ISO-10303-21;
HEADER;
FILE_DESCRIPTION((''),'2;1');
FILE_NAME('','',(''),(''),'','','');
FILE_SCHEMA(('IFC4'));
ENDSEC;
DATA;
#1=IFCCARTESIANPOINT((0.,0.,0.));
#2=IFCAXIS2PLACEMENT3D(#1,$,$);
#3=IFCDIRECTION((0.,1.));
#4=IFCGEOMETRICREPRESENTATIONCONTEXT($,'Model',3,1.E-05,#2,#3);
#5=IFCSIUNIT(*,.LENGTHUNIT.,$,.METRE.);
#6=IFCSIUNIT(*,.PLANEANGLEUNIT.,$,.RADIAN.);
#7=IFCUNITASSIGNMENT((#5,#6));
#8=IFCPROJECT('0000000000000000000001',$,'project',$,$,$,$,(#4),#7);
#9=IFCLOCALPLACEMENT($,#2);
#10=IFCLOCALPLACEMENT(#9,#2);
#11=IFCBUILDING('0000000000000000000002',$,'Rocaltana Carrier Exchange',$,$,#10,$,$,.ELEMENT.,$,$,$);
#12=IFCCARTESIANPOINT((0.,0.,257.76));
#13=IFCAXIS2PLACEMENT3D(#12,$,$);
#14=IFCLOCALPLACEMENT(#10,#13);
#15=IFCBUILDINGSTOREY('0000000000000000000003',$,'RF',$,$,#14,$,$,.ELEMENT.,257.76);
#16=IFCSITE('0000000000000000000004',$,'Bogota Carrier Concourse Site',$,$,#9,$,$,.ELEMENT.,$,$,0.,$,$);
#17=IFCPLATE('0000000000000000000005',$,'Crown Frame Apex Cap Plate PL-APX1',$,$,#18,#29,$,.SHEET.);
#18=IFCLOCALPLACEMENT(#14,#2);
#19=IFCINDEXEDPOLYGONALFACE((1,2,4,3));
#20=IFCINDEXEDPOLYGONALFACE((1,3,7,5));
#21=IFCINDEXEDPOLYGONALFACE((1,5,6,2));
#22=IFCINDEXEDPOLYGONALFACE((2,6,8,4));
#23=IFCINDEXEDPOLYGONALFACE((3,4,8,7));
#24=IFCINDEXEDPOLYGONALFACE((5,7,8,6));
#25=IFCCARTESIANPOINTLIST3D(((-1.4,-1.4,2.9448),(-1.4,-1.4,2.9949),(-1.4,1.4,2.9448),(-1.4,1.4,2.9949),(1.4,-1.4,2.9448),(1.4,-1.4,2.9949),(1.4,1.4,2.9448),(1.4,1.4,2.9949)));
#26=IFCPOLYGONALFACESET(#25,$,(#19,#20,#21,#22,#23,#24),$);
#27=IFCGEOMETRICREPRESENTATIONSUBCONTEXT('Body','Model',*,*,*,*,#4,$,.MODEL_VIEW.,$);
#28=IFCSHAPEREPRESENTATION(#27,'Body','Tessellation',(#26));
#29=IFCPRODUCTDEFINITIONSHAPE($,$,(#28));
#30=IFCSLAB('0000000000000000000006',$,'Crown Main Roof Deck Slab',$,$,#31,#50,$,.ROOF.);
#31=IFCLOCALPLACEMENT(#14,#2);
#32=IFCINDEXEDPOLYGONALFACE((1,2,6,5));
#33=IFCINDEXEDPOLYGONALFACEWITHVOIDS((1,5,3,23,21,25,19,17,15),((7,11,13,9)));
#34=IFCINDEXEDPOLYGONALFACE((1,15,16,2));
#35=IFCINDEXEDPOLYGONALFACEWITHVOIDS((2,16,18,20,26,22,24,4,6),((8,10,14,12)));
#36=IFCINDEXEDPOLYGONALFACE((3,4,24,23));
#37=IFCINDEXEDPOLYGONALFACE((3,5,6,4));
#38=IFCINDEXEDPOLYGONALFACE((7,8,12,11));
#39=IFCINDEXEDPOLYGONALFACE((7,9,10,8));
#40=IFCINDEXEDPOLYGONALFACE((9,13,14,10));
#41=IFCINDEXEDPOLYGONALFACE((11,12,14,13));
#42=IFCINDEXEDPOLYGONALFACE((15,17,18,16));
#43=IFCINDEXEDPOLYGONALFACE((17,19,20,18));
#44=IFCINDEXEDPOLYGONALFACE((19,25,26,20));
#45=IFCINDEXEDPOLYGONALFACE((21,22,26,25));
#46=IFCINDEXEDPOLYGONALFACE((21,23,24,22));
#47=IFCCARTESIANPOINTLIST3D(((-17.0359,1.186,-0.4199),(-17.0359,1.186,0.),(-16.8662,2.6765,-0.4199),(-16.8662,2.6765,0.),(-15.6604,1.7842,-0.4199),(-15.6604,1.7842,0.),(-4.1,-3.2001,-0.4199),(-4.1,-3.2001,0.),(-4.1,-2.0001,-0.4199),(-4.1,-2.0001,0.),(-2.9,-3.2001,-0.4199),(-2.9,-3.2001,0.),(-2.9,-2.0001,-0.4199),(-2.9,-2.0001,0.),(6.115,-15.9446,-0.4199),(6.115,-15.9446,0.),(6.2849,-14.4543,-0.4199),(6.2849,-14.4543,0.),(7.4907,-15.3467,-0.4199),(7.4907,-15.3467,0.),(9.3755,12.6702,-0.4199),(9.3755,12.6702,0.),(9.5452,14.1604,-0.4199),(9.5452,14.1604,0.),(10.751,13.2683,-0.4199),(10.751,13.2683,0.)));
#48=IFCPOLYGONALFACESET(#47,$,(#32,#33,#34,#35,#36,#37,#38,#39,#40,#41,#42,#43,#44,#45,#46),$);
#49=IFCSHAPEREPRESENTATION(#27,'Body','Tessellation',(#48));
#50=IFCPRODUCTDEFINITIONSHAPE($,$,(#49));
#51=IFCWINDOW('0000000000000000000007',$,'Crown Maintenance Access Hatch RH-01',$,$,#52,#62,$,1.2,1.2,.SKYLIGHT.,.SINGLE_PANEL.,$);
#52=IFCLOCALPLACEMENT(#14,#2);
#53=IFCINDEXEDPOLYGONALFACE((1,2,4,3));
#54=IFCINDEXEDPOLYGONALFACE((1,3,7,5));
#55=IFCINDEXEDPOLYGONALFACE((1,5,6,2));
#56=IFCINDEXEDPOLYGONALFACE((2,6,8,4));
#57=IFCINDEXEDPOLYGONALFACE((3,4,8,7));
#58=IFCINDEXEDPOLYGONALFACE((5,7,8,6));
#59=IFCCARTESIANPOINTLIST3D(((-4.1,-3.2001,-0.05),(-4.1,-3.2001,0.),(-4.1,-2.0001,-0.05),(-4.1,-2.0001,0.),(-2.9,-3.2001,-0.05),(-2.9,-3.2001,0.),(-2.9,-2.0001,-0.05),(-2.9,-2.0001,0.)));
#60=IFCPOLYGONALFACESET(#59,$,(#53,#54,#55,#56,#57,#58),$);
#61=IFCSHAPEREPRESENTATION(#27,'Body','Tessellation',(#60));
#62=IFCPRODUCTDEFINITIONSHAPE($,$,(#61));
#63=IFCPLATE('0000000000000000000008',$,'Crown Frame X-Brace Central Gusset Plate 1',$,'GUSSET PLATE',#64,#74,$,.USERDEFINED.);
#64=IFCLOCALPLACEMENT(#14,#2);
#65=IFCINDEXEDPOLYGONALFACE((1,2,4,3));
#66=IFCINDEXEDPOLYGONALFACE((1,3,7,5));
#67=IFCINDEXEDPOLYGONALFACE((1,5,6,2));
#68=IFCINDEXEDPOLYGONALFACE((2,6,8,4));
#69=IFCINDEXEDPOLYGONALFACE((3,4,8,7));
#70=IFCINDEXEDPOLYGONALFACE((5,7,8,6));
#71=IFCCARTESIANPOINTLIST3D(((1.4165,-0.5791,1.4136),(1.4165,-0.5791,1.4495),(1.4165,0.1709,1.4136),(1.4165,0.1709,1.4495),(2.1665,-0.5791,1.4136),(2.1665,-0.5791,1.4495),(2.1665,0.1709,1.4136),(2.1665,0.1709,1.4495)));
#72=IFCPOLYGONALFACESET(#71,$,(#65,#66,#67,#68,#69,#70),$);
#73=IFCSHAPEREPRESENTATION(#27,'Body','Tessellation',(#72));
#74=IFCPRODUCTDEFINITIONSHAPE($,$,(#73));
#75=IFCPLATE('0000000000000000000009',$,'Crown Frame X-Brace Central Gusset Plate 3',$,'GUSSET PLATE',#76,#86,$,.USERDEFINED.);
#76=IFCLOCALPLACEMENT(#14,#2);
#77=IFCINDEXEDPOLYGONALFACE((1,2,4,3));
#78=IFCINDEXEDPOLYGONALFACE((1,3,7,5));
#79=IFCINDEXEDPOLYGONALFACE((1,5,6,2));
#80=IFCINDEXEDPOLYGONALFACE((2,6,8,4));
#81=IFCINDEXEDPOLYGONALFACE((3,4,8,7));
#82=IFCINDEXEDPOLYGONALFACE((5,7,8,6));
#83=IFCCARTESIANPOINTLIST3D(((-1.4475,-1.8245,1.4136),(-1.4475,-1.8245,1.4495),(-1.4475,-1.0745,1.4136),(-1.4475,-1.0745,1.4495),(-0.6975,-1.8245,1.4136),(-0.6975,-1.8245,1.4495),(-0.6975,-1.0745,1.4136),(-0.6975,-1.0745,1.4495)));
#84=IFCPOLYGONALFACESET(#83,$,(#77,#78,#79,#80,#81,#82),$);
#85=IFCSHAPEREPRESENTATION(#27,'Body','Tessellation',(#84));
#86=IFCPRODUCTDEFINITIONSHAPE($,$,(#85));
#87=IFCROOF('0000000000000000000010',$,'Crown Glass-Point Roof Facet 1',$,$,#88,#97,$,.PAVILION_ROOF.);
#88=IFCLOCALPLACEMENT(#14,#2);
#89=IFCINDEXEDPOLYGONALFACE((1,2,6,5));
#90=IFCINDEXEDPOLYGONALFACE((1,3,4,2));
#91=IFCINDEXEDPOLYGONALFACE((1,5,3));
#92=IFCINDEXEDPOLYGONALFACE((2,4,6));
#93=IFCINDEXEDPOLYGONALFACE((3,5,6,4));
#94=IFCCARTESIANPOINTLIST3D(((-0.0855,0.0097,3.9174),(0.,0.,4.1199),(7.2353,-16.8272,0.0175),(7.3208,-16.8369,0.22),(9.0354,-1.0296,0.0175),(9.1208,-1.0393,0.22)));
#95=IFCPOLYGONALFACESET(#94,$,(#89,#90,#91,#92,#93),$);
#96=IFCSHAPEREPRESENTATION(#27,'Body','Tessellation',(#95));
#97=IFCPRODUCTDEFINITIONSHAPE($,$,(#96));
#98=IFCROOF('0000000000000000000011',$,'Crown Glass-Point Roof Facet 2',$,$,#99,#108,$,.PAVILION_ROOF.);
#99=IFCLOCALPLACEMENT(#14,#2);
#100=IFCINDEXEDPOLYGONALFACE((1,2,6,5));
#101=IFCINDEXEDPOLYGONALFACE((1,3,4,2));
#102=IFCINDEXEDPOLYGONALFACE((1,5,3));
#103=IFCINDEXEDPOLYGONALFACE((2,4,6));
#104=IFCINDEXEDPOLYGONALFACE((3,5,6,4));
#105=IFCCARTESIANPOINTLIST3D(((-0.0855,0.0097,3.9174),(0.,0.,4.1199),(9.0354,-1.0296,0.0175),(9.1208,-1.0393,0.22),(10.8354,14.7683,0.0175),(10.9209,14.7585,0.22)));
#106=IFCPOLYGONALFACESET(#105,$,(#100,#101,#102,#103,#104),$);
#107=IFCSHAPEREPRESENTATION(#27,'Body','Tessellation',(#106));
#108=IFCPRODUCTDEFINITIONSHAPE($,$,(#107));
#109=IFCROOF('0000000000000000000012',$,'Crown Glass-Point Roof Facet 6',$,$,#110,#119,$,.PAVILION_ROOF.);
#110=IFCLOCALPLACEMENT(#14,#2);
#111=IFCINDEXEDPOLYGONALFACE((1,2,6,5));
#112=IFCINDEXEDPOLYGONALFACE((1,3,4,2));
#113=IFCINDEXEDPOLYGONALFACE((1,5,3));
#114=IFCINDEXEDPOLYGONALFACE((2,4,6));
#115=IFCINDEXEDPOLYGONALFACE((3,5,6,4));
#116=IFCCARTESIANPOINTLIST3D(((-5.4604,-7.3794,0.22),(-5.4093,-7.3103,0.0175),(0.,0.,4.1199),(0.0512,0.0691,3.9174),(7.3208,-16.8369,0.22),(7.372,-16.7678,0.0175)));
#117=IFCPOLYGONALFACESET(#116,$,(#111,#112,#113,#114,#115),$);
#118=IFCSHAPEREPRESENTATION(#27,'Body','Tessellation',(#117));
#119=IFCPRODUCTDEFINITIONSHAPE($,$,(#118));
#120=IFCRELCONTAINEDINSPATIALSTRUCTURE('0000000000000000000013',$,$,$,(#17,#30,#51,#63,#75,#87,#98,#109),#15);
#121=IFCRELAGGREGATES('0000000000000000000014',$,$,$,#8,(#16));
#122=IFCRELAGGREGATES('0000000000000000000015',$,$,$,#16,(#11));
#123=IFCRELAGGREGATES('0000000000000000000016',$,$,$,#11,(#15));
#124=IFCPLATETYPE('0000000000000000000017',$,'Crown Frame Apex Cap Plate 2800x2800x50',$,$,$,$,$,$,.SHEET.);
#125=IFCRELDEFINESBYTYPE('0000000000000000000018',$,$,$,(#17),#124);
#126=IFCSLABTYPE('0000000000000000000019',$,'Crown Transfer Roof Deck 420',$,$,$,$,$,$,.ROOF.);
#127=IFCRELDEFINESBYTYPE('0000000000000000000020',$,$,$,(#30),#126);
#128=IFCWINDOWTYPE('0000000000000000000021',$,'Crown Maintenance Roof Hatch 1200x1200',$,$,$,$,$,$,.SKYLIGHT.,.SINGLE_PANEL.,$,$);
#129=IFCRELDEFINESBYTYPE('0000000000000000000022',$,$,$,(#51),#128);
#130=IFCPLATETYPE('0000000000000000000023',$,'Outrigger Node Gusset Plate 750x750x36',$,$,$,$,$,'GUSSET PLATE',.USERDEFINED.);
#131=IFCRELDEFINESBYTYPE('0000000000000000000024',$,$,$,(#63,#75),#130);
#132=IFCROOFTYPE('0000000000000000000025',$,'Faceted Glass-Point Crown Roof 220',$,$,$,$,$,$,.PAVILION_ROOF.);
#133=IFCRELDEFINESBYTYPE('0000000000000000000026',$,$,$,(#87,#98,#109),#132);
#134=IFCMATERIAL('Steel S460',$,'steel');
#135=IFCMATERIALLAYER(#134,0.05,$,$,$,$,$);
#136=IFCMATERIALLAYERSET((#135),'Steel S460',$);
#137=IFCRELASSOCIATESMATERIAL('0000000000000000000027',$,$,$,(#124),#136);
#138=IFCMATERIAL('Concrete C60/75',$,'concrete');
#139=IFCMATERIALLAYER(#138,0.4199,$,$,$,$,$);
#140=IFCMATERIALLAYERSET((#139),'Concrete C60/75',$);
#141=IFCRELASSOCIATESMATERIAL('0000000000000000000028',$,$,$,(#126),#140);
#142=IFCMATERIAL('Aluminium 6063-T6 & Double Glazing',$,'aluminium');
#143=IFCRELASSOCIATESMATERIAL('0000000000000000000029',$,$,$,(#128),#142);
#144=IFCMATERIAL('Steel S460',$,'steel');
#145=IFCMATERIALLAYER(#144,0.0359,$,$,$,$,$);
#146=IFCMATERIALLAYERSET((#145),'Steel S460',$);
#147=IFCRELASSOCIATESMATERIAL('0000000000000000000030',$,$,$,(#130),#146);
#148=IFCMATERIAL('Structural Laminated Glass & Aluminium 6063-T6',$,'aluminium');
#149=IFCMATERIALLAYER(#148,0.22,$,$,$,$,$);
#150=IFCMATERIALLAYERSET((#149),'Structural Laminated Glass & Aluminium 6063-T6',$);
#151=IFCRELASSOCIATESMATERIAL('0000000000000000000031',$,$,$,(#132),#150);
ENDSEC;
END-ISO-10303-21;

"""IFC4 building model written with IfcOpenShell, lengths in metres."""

from ifc_helpers import new_model, si_unit, direction, frame, origin, origin_2d, place, context, subcontext, project, spatial, polyline, rectangle, outline, extrude, material, layer, layer_set, type_object, element, fill, save


model = new_model("IFC4")

# Units and contexts
model_context = context("Model", 3, precision=1e-05, world=origin(), true_north=direction((0.0, 1.0)))
body_context = subcontext(model_context, "Body", "Model", "MODEL_VIEW")
ifc_project = project(units=[si_unit("LENGTHUNIT", "METRE"), si_unit("PLANEANGLEUNIT", "RADIAN")], contexts=[model_context])

# Site, building, storey
site_placement = place(None, origin())
site = spatial("IfcSite", under=ifc_project, at=site_placement, Name="Bogota Carrier Concourse Site", CompositionType="ELEMENT", RefElevation=0.0)
building_placement = place(site_placement, origin())
building = spatial("IfcBuilding", under=site, at=building_placement, Name="Rocaltana Carrier Exchange", CompositionType="ELEMENT")
storey_placement = place(building_placement, frame((0.0, 0.0, 257.76)))
storey = spatial("IfcBuildingStorey", under=building, at=storey_placement, Name="RF", CompositionType="ELEMENT", Elevation=257.76)

# Plate
ifc_material_1 = material(Name="Steel S460", Category="steel")
ifc_layer_1 = layer(ifc_material_1, 0.05)
ifc_layer_set_1 = layer_set([ifc_layer_1], Name="Steel S460")
plate_type_1 = type_object("IfcPlateType", Name="Crown Frame Apex Cap Plate 2800x2800x50", PredefinedType="SHEET", material=ifc_layer_set_1)
plate_1_placement = place(storey_placement, frame((0.0, 0.0, 2.9448), z_axis=(0.0, 0.0, 1.0), x_axis=(1.0, 0.0, 0.0)))
element("IfcPlate", 1, at=plate_1_placement, inside=storey, type_object=plate_type_1, Name="Crown Frame Apex Cap Plate PL-APX1", PredefinedType="SHEET", context=body_context, shape_type="SweptSolid", body=[
    extrude(rectangle(XDim=2.8, YDim=2.8, at=origin_2d()), origin(), (0.0, 0.0, 1.0), 0.05),
])

# Slab, opening, window
ifc_material_2 = material(Name="Concrete C60/75", Category="concrete")
ifc_layer_2 = layer(ifc_material_2, 0.4199)
ifc_layer_set_2 = layer_set([ifc_layer_2], Name="Concrete C60/75")
slab_type = type_object("IfcSlabType", Name="Crown Transfer Roof Deck 420", PredefinedType="ROOF", material=ifc_layer_set_2)
slab_placement = place(storey_placement, frame((0.0, 0.0, -0.4199)))
slab = element("IfcSlab", 2, at=slab_placement, inside=storey, type_object=slab_type, Name="Crown Main Roof Deck Slab", PredefinedType="ROOF", context=body_context, shape_type="SweptSolid", body=[
    extrude(outline(polyline([(6.115, -15.9446), (6.2849, -14.4543), (7.4907, -15.3467), (10.751, 13.2683), (9.3755, 12.6702), (9.5452, 14.1604), (-16.8662, 2.6765), (-15.6604, 1.7842), (-17.0359, 1.186), (6.115, -15.9446)])), origin(), (0.0, 0.0, 1.0), 0.4199),
])
opening_placement = place(slab_placement, frame((-3.5, -2.6001, 0.0)))
opening = element("IfcOpeningElement", 3, at=opening_placement, cuts=slab, PredefinedType="OPENING", context=body_context, shape_type="SweptSolid", body=[
    extrude(rectangle(XDim=1.2, YDim=1.2, at=origin_2d()), origin(), (0.0, 0.0, 1.0), 0.4199),
])
ifc_material_3 = material(Name="Aluminium 6063-T6 & Double Glazing", Category="aluminium")
window_type = type_object("IfcWindowType", Name="Crown Maintenance Roof Hatch 1200x1200", PartitioningType="SINGLE_PANEL", PredefinedType="SKYLIGHT", material=ifc_material_3)
window_placement = place(opening_placement, frame((0.0, 0.0, 0.3699)))
window = element("IfcWindow", 4, at=window_placement, inside=storey, type_object=window_type, Name="Crown Maintenance Access Hatch RH-01", OverallHeight=1.2, OverallWidth=1.2, PartitioningType="SINGLE_PANEL", PredefinedType="SKYLIGHT", context=body_context, shape_type="SweptSolid", body=[
    extrude(rectangle(XDim=1.2, YDim=1.2, at=origin_2d()), origin(), (0.0, 0.0, 1.0), 0.05),
])
fill(opening, window)

# Plates
ifc_material_4 = material(Name="Steel S460", Category="steel")
ifc_layer_3 = layer(ifc_material_4, 0.0359)
ifc_layer_set_3 = layer_set([ifc_layer_3], Name="Steel S460")
plate_type_2 = type_object("IfcPlateType", Name="Outrigger Node Gusset Plate 750x750x36", ElementType="GUSSET PLATE", PredefinedType="USERDEFINED", material=ifc_layer_set_3)
for number, where, z_axis, x_axis, name in (
    (5, (1.7915, -0.2041, 1.4136), (0.0, 0.0, 1.0), (1.0, 0.0, 0.0), "Crown Frame X-Brace Central Gusset Plate 1"),
    (6, (-1.0725, -1.4495, 1.4136), (0.0, 0.0, 1.0), (1.0, 0.0, 0.0), "Crown Frame X-Brace Central Gusset Plate 3"),
):
    element("IfcPlate", number, at=place(storey_placement, frame(where, z_axis=z_axis, x_axis=x_axis)), inside=storey, type_object=plate_type_2, Name=name, ObjectType="GUSSET PLATE", PredefinedType="USERDEFINED", context=body_context, shape_type="SweptSolid", body=[
        extrude(rectangle(XDim=0.75, YDim=0.75, at=origin_2d()), origin(), (0.0, 0.0, 1.0), 0.0359),
    ])

# Roofs
ifc_material_5 = material(Name="Structural Laminated Glass & Aluminium 6063-T6", Category="aluminium")
ifc_layer_4 = layer(ifc_material_5, 0.22)
ifc_layer_set_4 = layer_set([ifc_layer_4], Name="Structural Laminated Glass & Aluminium 6063-T6")
roof_type = type_object("IfcRoofType", Name="Faceted Glass-Point Crown Roof 220", PredefinedType="PAVILION_ROOF", material=ifc_layer_set_4)
roof_1_placement = place(storey_placement, frame((7.3208, -16.8369, 0.22), z_axis=(0.388496, -0.044267, 0.920387), x_axis=(0.113212, 0.993571, 0.0)))
element("IfcRoof", 7, at=roof_1_placement, inside=storey, type_object=roof_type, Name="Crown Glass-Point Roof Facet 1", PredefinedType="PAVILION_ROOF", context=body_context, shape_type="SweptSolid", body=[
    extrude(outline(polyline([(0.0, 0.0), (15.8998, 0.0), (15.8999, 9.9739), (0.0, 0.0)])), origin(), (0.0, 0.0, -1.0), 0.22),
])
roof_2_placement = place(storey_placement, frame((9.1208, -1.0393, 0.22), z_axis=(0.388496, -0.044266, 0.920387), x_axis=(0.11321, 0.993571, 0.0)))
element("IfcRoof", 8, at=roof_2_placement, inside=storey, type_object=roof_type, Name="Crown Glass-Point Roof Facet 2", PredefinedType="PAVILION_ROOF", context=body_context, shape_type="SweptSolid", body=[
    extrude(outline(polyline([(0.0, 0.0), (15.9001, 0.0), (0.0001, 9.9739), (0.0, 0.0)])), origin(), (0.0, 0.0, -1.0), 0.22),
])
roof_3_placement = place(storey_placement, frame((-5.4604, -7.3794, 0.22), z_axis=(-0.232577, -0.314314, 0.920388), x_axis=(0.80386, -0.594818, 0.0)))
element("IfcRoof", 9, at=roof_3_placement, inside=storey, type_object=roof_type, Name="Crown Glass-Point Roof Facet 6", PredefinedType="PAVILION_ROOF", context=body_context, shape_type="SweptSolid", body=[
    extrude(outline(polyline([(0.0, 0.0), (15.8998, 0.0), (0.0, 9.974), (0.0, 0.0)])), origin(), (0.0, 0.0, -1.0), 0.22),
])

save(model, "model.ifc")
